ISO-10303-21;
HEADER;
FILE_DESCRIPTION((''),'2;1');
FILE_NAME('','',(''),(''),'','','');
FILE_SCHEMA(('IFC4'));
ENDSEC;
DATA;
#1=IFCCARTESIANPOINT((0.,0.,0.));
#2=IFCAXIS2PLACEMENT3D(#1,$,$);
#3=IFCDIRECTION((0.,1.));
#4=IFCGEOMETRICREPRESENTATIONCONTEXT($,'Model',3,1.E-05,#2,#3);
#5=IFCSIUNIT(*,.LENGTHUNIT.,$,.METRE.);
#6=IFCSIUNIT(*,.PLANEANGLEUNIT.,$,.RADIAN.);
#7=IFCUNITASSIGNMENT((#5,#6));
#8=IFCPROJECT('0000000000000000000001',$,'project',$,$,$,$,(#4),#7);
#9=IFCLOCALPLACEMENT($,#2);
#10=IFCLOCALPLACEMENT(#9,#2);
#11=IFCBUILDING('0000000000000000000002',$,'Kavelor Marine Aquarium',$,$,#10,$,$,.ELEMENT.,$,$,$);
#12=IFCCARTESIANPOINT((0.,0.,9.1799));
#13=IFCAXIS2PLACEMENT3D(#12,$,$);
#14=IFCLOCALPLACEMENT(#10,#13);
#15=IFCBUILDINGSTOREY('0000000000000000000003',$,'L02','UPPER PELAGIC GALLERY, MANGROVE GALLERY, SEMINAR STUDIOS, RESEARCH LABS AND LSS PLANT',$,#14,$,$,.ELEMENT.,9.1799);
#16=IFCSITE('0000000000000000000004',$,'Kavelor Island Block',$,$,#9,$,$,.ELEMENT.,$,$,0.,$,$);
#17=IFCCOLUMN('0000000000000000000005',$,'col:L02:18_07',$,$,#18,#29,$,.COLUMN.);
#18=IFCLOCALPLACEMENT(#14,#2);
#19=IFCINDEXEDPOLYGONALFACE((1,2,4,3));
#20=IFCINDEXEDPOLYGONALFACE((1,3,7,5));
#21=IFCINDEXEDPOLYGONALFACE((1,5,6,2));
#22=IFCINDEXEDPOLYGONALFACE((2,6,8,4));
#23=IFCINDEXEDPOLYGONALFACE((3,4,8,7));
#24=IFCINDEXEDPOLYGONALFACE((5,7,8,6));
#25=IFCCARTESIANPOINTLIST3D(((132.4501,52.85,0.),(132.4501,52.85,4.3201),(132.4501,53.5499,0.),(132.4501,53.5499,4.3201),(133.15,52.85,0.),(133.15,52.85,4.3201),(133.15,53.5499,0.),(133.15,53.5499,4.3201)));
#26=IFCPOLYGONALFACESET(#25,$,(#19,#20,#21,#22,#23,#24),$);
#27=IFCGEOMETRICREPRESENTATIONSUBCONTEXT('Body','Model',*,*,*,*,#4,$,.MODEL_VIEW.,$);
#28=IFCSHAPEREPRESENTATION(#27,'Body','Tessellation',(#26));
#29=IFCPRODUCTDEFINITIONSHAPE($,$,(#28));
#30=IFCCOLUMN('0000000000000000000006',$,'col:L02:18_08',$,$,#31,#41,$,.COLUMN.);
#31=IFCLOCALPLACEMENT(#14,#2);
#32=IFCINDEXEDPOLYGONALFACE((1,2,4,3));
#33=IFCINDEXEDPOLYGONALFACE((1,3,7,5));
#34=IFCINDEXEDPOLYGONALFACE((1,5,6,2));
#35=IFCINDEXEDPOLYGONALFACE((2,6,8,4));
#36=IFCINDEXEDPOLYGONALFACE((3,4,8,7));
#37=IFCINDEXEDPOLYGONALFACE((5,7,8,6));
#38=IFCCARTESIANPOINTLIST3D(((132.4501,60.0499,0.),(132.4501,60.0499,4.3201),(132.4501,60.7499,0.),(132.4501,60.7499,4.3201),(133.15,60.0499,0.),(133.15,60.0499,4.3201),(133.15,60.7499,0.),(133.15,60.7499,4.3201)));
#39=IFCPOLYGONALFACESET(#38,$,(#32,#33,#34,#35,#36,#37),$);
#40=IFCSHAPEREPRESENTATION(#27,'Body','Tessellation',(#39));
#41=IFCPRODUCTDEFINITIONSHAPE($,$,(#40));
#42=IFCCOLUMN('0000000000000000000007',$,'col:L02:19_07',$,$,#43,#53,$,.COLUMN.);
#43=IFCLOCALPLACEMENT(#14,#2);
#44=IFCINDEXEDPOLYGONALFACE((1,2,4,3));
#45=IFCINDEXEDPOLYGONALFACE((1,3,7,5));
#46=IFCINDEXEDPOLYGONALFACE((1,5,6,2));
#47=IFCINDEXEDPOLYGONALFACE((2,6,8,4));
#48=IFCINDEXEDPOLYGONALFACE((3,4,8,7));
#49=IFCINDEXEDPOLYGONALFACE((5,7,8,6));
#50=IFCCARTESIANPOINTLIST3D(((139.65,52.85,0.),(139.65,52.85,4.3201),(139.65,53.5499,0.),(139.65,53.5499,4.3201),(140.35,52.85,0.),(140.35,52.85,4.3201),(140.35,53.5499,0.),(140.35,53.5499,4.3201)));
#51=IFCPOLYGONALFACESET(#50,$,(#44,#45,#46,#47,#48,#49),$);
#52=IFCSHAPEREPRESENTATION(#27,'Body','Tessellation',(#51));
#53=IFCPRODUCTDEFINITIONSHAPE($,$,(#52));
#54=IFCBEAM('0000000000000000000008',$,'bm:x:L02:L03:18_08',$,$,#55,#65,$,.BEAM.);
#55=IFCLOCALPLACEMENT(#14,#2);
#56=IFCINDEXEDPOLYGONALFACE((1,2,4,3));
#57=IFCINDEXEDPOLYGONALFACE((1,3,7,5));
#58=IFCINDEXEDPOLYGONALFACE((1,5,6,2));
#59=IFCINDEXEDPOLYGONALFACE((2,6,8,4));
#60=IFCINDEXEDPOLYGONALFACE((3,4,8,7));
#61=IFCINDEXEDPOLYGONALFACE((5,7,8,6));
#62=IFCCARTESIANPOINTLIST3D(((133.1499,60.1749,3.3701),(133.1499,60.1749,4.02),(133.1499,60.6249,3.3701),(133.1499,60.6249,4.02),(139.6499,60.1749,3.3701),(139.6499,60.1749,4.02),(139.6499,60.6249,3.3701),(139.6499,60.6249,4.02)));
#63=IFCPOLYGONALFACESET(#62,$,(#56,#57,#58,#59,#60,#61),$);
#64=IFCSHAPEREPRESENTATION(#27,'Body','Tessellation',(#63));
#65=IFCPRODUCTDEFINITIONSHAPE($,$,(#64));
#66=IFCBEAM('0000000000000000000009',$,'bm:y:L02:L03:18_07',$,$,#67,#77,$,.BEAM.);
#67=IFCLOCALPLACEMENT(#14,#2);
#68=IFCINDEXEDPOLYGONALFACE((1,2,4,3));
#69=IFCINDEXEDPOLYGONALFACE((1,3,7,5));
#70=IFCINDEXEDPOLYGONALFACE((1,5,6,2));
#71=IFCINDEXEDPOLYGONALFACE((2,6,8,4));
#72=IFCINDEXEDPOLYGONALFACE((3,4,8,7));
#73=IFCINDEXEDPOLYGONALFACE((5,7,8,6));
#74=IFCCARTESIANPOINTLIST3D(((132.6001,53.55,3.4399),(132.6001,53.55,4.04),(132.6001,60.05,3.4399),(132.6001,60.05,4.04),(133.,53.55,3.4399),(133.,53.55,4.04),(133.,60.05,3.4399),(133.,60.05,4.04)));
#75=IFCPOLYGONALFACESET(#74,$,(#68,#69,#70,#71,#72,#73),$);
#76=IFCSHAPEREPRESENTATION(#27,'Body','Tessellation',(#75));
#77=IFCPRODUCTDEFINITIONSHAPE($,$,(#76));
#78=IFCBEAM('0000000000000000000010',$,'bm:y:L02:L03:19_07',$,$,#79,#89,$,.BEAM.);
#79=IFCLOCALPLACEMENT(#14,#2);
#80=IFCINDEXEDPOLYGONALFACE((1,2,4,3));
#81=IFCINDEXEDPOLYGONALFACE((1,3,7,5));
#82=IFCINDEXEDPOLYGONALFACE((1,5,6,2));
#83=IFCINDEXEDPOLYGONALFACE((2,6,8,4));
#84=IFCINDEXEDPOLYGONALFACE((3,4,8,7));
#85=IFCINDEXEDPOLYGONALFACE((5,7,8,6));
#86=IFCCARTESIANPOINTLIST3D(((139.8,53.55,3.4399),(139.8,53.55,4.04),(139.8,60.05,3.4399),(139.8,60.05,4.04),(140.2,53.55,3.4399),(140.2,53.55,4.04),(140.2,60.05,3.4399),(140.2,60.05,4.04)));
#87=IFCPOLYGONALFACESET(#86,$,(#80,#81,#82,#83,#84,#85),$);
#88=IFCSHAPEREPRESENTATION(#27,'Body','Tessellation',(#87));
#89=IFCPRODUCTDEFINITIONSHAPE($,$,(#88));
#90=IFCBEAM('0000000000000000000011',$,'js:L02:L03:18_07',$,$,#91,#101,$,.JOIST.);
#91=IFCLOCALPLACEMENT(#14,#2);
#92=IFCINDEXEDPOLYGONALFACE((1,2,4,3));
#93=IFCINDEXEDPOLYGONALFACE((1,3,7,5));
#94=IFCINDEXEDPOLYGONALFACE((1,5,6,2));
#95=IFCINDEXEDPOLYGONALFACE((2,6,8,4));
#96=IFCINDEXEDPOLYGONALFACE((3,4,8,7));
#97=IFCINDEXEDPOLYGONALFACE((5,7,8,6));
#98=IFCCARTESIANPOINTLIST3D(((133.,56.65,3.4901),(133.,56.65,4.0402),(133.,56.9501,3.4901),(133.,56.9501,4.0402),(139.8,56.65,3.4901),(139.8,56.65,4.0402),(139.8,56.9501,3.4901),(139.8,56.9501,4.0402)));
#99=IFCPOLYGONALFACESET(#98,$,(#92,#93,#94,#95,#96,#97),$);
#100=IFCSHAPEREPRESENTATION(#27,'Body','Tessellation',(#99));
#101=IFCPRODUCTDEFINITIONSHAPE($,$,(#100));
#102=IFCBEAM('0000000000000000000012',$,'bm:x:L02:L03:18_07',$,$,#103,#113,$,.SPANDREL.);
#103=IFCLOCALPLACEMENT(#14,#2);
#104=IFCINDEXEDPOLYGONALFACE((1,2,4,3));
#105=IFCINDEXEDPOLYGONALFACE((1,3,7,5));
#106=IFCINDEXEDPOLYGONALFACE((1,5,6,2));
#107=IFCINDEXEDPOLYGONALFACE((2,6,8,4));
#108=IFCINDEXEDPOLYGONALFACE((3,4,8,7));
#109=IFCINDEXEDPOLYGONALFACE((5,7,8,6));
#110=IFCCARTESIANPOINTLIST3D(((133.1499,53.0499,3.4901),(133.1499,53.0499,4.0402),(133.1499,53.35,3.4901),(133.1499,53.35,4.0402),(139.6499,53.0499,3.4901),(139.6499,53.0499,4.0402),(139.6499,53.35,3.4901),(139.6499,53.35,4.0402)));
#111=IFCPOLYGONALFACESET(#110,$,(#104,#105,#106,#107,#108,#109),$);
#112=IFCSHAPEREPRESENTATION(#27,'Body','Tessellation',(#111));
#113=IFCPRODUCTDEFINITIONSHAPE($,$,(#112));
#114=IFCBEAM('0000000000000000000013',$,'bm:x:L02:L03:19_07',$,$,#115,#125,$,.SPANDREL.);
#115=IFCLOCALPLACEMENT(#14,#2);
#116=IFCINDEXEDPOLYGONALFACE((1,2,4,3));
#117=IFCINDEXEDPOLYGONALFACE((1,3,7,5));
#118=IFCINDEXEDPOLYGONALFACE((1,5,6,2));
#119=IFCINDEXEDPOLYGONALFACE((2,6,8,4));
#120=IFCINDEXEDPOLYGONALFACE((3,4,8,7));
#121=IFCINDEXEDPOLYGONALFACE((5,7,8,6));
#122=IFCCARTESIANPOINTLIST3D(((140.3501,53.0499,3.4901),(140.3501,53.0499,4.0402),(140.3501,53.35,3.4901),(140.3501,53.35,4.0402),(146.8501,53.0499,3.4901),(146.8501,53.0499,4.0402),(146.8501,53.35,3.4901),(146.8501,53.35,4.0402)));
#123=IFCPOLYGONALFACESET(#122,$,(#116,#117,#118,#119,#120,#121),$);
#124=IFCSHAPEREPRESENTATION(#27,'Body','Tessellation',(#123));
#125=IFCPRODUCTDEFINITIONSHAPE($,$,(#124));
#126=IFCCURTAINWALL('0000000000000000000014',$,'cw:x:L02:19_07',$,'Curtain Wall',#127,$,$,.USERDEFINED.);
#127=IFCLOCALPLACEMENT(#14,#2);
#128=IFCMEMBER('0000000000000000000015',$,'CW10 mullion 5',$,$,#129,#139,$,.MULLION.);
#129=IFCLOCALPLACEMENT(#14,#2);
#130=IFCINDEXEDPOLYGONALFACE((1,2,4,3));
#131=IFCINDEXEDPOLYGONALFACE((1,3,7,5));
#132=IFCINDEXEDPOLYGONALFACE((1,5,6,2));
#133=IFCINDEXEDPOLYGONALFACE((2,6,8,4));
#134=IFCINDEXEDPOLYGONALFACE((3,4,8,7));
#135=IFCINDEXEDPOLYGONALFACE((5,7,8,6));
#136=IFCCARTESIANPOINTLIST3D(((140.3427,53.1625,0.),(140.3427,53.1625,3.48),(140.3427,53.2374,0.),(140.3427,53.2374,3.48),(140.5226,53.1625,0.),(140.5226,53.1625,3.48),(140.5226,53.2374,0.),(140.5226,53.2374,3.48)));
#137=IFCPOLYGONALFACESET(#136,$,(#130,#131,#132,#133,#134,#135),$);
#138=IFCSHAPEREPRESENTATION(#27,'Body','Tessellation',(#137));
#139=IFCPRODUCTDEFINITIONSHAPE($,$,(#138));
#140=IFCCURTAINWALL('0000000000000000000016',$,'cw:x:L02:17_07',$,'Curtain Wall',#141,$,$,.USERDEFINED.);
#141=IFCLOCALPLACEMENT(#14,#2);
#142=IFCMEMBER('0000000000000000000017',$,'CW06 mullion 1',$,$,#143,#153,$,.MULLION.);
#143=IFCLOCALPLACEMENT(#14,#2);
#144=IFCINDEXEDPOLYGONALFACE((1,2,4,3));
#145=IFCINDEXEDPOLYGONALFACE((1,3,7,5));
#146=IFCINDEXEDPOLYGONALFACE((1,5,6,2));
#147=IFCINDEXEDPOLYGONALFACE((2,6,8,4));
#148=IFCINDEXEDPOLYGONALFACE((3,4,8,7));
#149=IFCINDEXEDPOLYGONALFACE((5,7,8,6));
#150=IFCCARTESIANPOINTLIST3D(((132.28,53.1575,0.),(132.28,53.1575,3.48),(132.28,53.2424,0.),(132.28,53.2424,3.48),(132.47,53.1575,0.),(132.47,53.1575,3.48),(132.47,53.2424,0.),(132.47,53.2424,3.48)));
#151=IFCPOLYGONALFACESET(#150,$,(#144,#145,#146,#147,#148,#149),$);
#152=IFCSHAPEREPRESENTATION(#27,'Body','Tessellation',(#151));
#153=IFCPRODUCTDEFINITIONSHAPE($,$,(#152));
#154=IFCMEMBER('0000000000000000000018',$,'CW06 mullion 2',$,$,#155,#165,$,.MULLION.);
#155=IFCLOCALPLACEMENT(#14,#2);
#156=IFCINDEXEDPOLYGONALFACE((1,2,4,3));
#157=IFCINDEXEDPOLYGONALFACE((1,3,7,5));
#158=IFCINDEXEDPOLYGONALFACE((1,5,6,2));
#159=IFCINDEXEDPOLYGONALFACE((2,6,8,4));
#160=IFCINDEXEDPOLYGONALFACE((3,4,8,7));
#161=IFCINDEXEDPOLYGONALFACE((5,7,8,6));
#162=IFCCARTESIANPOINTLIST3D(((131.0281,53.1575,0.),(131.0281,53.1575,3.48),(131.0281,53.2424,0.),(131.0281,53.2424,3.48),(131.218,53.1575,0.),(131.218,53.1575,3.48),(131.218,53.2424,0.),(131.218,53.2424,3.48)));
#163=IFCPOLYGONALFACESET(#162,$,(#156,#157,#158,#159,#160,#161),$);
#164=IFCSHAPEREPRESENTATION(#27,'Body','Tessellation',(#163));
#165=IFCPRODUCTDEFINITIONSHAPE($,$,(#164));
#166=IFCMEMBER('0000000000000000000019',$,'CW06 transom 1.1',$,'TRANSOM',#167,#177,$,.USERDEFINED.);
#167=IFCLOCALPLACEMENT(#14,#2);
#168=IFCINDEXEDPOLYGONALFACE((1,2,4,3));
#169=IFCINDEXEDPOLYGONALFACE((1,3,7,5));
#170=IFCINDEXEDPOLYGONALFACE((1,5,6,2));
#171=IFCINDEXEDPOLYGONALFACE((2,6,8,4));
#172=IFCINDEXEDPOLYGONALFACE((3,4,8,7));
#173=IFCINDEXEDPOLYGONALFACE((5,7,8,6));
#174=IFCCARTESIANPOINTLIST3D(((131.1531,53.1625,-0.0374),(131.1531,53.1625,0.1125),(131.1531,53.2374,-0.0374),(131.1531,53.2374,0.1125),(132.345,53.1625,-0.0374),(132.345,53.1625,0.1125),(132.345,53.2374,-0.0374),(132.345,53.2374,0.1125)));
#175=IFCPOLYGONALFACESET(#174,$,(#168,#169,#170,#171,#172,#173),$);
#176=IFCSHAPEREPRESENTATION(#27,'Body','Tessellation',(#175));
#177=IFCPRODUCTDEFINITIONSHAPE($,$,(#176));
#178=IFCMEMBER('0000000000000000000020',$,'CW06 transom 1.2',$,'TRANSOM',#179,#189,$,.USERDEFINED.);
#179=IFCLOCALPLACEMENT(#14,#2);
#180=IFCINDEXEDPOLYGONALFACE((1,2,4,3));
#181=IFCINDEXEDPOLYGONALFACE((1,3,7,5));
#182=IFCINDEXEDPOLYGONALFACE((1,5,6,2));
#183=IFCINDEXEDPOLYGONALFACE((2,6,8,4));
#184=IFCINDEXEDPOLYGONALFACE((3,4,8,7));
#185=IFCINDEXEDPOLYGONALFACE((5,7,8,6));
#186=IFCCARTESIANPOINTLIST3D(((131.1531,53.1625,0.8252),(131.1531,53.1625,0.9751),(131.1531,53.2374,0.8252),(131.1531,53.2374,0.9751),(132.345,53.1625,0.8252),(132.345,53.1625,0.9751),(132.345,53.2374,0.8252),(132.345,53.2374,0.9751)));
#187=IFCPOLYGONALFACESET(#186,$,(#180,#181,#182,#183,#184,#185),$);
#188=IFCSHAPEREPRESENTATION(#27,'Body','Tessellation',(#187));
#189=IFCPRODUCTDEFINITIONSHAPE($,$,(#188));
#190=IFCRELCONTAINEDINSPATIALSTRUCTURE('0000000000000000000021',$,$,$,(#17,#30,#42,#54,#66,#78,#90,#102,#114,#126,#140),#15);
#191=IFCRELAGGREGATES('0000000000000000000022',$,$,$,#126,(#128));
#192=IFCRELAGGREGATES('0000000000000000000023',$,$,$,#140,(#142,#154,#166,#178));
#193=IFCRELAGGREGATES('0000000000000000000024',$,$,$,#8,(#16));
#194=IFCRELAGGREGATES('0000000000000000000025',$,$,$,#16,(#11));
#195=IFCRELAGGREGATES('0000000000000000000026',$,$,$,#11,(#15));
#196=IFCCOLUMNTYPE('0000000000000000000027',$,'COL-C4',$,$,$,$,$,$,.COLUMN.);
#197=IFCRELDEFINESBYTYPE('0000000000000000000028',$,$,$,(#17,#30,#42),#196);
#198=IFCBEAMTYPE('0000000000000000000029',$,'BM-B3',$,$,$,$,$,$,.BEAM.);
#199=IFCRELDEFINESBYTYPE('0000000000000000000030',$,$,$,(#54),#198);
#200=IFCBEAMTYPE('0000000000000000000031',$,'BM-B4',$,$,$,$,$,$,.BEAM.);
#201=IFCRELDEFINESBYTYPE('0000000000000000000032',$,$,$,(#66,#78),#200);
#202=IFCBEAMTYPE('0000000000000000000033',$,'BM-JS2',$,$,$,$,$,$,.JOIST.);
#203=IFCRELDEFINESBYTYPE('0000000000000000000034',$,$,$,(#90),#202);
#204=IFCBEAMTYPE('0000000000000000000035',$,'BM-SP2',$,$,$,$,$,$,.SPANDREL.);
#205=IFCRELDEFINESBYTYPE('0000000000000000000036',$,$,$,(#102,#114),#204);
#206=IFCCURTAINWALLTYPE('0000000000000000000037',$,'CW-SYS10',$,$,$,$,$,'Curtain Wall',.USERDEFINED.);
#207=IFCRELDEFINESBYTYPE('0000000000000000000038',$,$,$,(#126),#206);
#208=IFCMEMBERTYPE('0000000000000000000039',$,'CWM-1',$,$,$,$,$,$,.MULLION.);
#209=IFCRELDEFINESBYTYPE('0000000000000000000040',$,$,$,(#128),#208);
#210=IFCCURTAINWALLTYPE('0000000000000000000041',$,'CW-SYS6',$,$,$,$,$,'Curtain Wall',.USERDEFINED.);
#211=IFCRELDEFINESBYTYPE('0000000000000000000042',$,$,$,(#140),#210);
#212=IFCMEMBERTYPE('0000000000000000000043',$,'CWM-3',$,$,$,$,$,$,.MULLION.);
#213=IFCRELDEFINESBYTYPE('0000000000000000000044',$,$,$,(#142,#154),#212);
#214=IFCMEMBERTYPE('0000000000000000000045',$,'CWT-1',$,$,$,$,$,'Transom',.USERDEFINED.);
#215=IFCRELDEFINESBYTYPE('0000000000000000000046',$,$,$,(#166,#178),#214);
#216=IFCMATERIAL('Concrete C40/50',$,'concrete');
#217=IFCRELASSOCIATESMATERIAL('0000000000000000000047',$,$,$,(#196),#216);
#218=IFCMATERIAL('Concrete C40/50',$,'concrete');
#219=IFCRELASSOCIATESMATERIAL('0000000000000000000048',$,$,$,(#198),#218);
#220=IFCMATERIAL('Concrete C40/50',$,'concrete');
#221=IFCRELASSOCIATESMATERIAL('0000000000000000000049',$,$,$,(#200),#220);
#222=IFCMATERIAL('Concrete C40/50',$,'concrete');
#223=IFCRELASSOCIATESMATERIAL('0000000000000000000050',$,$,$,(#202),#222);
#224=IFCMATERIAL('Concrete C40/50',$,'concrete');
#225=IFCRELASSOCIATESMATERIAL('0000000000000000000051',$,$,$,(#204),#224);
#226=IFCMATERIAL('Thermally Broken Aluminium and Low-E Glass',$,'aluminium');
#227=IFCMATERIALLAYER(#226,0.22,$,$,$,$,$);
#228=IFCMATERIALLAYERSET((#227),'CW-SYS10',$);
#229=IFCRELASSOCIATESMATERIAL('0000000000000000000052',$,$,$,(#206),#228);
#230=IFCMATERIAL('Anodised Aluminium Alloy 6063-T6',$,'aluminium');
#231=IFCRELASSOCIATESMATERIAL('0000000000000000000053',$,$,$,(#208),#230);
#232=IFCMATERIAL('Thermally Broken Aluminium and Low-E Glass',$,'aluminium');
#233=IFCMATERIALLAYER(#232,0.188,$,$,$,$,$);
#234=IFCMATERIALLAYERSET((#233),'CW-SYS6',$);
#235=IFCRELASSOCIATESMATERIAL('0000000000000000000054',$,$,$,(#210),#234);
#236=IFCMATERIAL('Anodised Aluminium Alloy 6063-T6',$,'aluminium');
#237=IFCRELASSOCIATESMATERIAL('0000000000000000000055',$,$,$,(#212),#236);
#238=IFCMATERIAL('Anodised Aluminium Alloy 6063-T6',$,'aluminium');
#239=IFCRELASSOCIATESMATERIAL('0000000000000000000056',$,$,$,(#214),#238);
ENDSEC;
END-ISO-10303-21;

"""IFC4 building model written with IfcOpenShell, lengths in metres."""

from ifc_helpers import new_model, si_unit, direction, frame, origin, origin_2d, place, context, subcontext, project, spatial, rectangle, extrude, material, layer, layer_set, material_profile, profile_set, type_object, element, aggregate, save


model = new_model("IFC4")

# Units and contexts
model_context = context("Model", 3, precision=1e-05, world=origin(), true_north=direction((0.0, 1.0)))
body_context = subcontext(model_context, "Body", "Model", "MODEL_VIEW")
ifc_project = project(units=[si_unit("LENGTHUNIT", "METRE"), si_unit("PLANEANGLEUNIT", "RADIAN")], contexts=[model_context])

# Site, building, storey
site_placement = place(None, origin())
site = spatial("IfcSite", under=ifc_project, at=site_placement, Name="Kavelor Island Block", CompositionType="ELEMENT", RefElevation=0.0)
building_placement = place(site_placement, origin())
building = spatial("IfcBuilding", under=site, at=building_placement, Name="Kavelor Marine Aquarium", CompositionType="ELEMENT")
storey_placement = place(building_placement, frame((0.0, 0.0, 9.1799)))
storey = spatial("IfcBuildingStorey", under=building, at=storey_placement, Name="L02", Description="UPPER PELAGIC GALLERY, MANGROVE GALLERY, SEMINAR STUDIOS, RESEARCH LABS AND LSS PLANT", CompositionType="ELEMENT", Elevation=9.1799)

# Columns
ifc_material_1 = material(Name="Concrete C40/50", Category="concrete")
ifc_material_profile_1 = material_profile(ifc_material_1, rectangle(XDim=0.7, YDim=0.7, at=origin_2d()), Name="RC-COL 700x700")
ifc_profile_set_1 = profile_set([ifc_material_profile_1], Name="Concrete C40/50")
column_type = type_object("IfcColumnType", Name="COL-C4", PredefinedType="COLUMN", material=ifc_profile_set_1)
for number, where, z_axis, x_axis, name in (
    (1, (132.8, 53.2, 0.0), (0.0, 0.0, 1.0), (1.0, 0.0, 0.0), "col:L02:18_07"),
    (2, (132.8, 60.3999, 0.0), (0.0, 0.0, 1.0), (1.0, 0.0, 0.0), "col:L02:18_08"),
    (3, (140.0, 53.2, 0.0), (0.0, 0.0, 1.0), (1.0, 0.0, 0.0), "col:L02:19_07"),
):
    element("IfcColumn", number, at=place(storey_placement, frame(where, z_axis=z_axis, x_axis=x_axis)), inside=storey, type_object=column_type, Name=name, PredefinedType="COLUMN", context=body_context, shape_type="SweptSolid", body=[
        extrude(rectangle(XDim=0.7, YDim=0.7, at=origin_2d()), origin(), (0.0, 0.0, 1.0), 4.3201),
    ])

# Beams
ifc_material_2 = material(Name="Concrete C40/50", Category="concrete")
ifc_material_profile_2 = material_profile(ifc_material_2, rectangle(XDim=0.45, YDim=0.6499, at=origin_2d()), Name="RC-BM 450x650")
ifc_profile_set_2 = profile_set([ifc_material_profile_2], Name="Concrete C40/50")
beam_type_1 = type_object("IfcBeamType", Name="BM-B3", PredefinedType="BEAM", material=ifc_profile_set_2)
beam_1_placement = place(storey_placement, frame((133.1499, 60.3999, 3.6951), z_axis=(1.0, 0.0, 0.0), x_axis=(0.0, 1.0, 0.0)))
element("IfcBeam", 4, at=beam_1_placement, inside=storey, type_object=beam_type_1, Name="bm:x:L02:L03:18_08", PredefinedType="BEAM", context=body_context, shape_type="SweptSolid", body=[
    extrude(rectangle(XDim=0.45, YDim=0.6499, at=origin_2d()), origin(), (0.0, 0.0, 1.0), 6.5),
])
ifc_material_3 = material(Name="Concrete C40/50", Category="concrete")
ifc_material_profile_3 = material_profile(ifc_material_3, rectangle(XDim=0.3999, YDim=0.6001, at=origin_2d()), Name="RC-BM 400x600")
ifc_profile_set_3 = profile_set([ifc_material_profile_3], Name="Concrete C40/50")
beam_type_2 = type_object("IfcBeamType", Name="BM-B4", PredefinedType="BEAM", material=ifc_profile_set_3)
for number, where, z_axis, x_axis, name in (
    (5, (132.8, 53.55, 3.74), (0.0, 1.0, 0.0), (-1.0, 0.0, 0.0), "bm:y:L02:L03:18_07"),
    (6, (140.0, 53.55, 3.74), (0.0, 1.0, 0.0), (-1.0, 0.0, 0.0), "bm:y:L02:L03:19_07"),
):
    element("IfcBeam", number, at=place(storey_placement, frame(where, z_axis=z_axis, x_axis=x_axis)), inside=storey, type_object=beam_type_2, Name=name, PredefinedType="BEAM", context=body_context, shape_type="SweptSolid", body=[
        extrude(rectangle(XDim=0.3999, YDim=0.6001, at=origin_2d()), origin(), (0.0, 0.0, 1.0), 6.5),
    ])
ifc_material_4 = material(Name="Concrete C40/50", Category="concrete")
ifc_material_profile_4 = material_profile(ifc_material_4, rectangle(XDim=0.3, YDim=0.55, at=origin_2d()), Name="RC-JS 300x550")
ifc_profile_set_4 = profile_set([ifc_material_profile_4], Name="Concrete C40/50")
beam_type_3 = type_object("IfcBeamType", Name="BM-JS2", PredefinedType="JOIST", material=ifc_profile_set_4)
beam_2_placement = place(storey_placement, frame((133.0, 56.8, 3.7651), z_axis=(1.0, 0.0, 0.0), x_axis=(0.0, 1.0, 0.0)))
element("IfcBeam", 7, at=beam_2_placement, inside=storey, type_object=beam_type_3, Name="js:L02:L03:18_07", PredefinedType="JOIST", context=body_context, shape_type="SweptSolid", body=[
    extrude(rectangle(XDim=0.3, YDim=0.55, at=origin_2d()), origin(), (0.0, 0.0, 1.0), 6.8),
])
ifc_material_5 = material(Name="Concrete C40/50", Category="concrete")
ifc_material_profile_5 = material_profile(ifc_material_5, rectangle(XDim=0.3, YDim=0.55, at=origin_2d()), Name="RC-SP 300x550")
ifc_profile_set_5 = profile_set([ifc_material_profile_5], Name="Concrete C40/50")
beam_type_4 = type_object("IfcBeamType", Name="BM-SP2", PredefinedType="SPANDREL", material=ifc_profile_set_5)
for number, where, z_axis, x_axis, name in (
    (8, (133.1499, 53.2, 3.7651), (1.0, 0.0, 0.0), (0.0, 1.0, 0.0), "bm:x:L02:L03:18_07"),
    (9, (140.3501, 53.2, 3.7651), (1.0, 0.0, 0.0), (0.0, 1.0, 0.0), "bm:x:L02:L03:19_07"),
):
    element("IfcBeam", number, at=place(storey_placement, frame(where, z_axis=z_axis, x_axis=x_axis)), inside=storey, type_object=beam_type_4, Name=name, PredefinedType="SPANDREL", context=body_context, shape_type="SweptSolid", body=[
        extrude(rectangle(XDim=0.3, YDim=0.55, at=origin_2d()), origin(), (0.0, 0.0, 1.0), 6.5),
    ])

# Curtain wall, member
ifc_material_6 = material(Name="Thermally Broken Aluminium and Low-E Glass", Category="aluminium")
ifc_layer_1 = layer(ifc_material_6, 0.22)
ifc_layer_set_1 = layer_set([ifc_layer_1], Name="CW-SYS10")
curtain_wall_type_1 = type_object("IfcCurtainWallType", Name="CW-SYS10", ElementType="Curtain Wall", PredefinedType="USERDEFINED", material=ifc_layer_set_1)
curtain_wall_1_placement = place(storey_placement, origin())
curtain_wall_1 = element("IfcCurtainWall", 10, at=curtain_wall_1_placement, inside=storey, type_object=curtain_wall_type_1, Name="cw:x:L02:19_07", ObjectType="Curtain Wall", PredefinedType="USERDEFINED")
ifc_material_7 = material(Name="Anodised Aluminium Alloy 6063-T6", Category="aluminium")
ifc_material_profile_6 = material_profile(ifc_material_7, rectangle(XDim=0.075, YDim=0.1799, at=origin_2d()), Name="CW-MUL 75x180")
ifc_profile_set_6 = profile_set([ifc_material_profile_6], Name="Anodised Aluminium Alloy 6063-T6")
member_type_1 = type_object("IfcMemberType", Name="CWM-1", PredefinedType="MULLION", material=ifc_profile_set_6)
member_1_placement = place(storey_placement, frame((140.4326, 53.2, 0.0), z_axis=(0.0, 0.0, 1.0), x_axis=(0.0, -1.0, 0.0)))
member_1 = element("IfcMember", 11, at=member_1_placement, type_object=member_type_1, Name="CW10 mullion 5", PredefinedType="MULLION", context=body_context, shape_type="SweptSolid", body=[
    extrude(rectangle(XDim=0.075, YDim=0.1799, at=origin_2d()), origin(), (0.0, 0.0, 1.0), 3.48),
])
aggregate(curtain_wall_1, [member_1])

# Curtain wall, members
ifc_material_8 = material(Name="Thermally Broken Aluminium and Low-E Glass", Category="aluminium")
ifc_layer_2 = layer(ifc_material_8, 0.188)
ifc_layer_set_2 = layer_set([ifc_layer_2], Name="CW-SYS6")
curtain_wall_type_2 = type_object("IfcCurtainWallType", Name="CW-SYS6", ElementType="Curtain Wall", PredefinedType="USERDEFINED", material=ifc_layer_set_2)
curtain_wall_2_placement = place(storey_placement, origin())
curtain_wall_2 = element("IfcCurtainWall", 12, at=curtain_wall_2_placement, inside=storey, type_object=curtain_wall_type_2, Name="cw:x:L02:17_07", ObjectType="Curtain Wall", PredefinedType="USERDEFINED")
ifc_material_9 = material(Name="Anodised Aluminium Alloy 6063-T6", Category="aluminium")
ifc_material_profile_7 = material_profile(ifc_material_9, rectangle(XDim=0.085, YDim=0.1899, at=origin_2d()), Name="CW-MUL 85x190")
ifc_profile_set_7 = profile_set([ifc_material_profile_7], Name="Anodised Aluminium Alloy 6063-T6")
member_type_2 = type_object("IfcMemberType", Name="CWM-3", PredefinedType="MULLION", material=ifc_profile_set_7)
member_2_placement = place(storey_placement, frame((132.375, 53.2, 0.0), z_axis=(0.0, 0.0, 1.0), x_axis=(0.0, -1.0, 0.0)))
member_2 = element("IfcMember", 13, at=member_2_placement, type_object=member_type_2, Name="CW06 mullion 1", PredefinedType="MULLION", context=body_context, shape_type="SweptSolid", body=[
    extrude(rectangle(XDim=0.085, YDim=0.1899, at=origin_2d()), origin(), (0.0, 0.0, 1.0), 3.48),
])
member_3_placement = place(storey_placement, frame((131.123, 53.2, 0.0), z_axis=(0.0, 0.0, 1.0), x_axis=(0.0, -1.0, 0.0)))
member_3 = element("IfcMember", 14, at=member_3_placement, type_object=member_type_2, Name="CW06 mullion 2", PredefinedType="MULLION", context=body_context, shape_type="SweptSolid", body=[
    extrude(rectangle(XDim=0.085, YDim=0.1899, at=origin_2d()), origin(), (0.0, 0.0, 1.0), 3.48),
])
ifc_material_10 = material(Name="Anodised Aluminium Alloy 6063-T6", Category="aluminium")
ifc_material_profile_8 = material_profile(ifc_material_10, rectangle(XDim=0.075, YDim=0.1499, at=origin_2d()), Name="CW-TRN 75x150")
ifc_profile_set_8 = profile_set([ifc_material_profile_8], Name="Anodised Aluminium Alloy 6063-T6")
member_type_3 = type_object("IfcMemberType", Name="CWT-1", ElementType="Transom", PredefinedType="USERDEFINED", material=ifc_profile_set_8)
member_4_placement = place(storey_placement, frame((132.345, 53.2, 0.0376), z_axis=(-1.0, 0.0, 0.0), x_axis=(0.0, -1.0, 0.0)))
member_4 = element("IfcMember", 15, at=member_4_placement, type_object=member_type_3, Name="CW06 transom 1.1", ObjectType="TRANSOM", PredefinedType="USERDEFINED", context=body_context, shape_type="SweptSolid", body=[
    extrude(rectangle(XDim=0.075, YDim=0.1499, at=origin_2d()), origin(), (0.0, 0.0, 1.0), 1.1919),
])
member_5_placement = place(storey_placement, frame((132.345, 53.2, 0.9001), z_axis=(-1.0, 0.0, 0.0), x_axis=(0.0, -1.0, 0.0)))
member_5 = element("IfcMember", 16, at=member_5_placement, type_object=member_type_3, Name="CW06 transom 1.2", ObjectType="TRANSOM", PredefinedType="USERDEFINED", context=body_context, shape_type="SweptSolid", body=[
    extrude(rectangle(XDim=0.075, YDim=0.1499, at=origin_2d()), origin(), (0.0, 0.0, 1.0), 1.1919),
])

aggregate(curtain_wall_2, [member_2, member_3, member_4, member_5])

save(model, "model.ifc")
